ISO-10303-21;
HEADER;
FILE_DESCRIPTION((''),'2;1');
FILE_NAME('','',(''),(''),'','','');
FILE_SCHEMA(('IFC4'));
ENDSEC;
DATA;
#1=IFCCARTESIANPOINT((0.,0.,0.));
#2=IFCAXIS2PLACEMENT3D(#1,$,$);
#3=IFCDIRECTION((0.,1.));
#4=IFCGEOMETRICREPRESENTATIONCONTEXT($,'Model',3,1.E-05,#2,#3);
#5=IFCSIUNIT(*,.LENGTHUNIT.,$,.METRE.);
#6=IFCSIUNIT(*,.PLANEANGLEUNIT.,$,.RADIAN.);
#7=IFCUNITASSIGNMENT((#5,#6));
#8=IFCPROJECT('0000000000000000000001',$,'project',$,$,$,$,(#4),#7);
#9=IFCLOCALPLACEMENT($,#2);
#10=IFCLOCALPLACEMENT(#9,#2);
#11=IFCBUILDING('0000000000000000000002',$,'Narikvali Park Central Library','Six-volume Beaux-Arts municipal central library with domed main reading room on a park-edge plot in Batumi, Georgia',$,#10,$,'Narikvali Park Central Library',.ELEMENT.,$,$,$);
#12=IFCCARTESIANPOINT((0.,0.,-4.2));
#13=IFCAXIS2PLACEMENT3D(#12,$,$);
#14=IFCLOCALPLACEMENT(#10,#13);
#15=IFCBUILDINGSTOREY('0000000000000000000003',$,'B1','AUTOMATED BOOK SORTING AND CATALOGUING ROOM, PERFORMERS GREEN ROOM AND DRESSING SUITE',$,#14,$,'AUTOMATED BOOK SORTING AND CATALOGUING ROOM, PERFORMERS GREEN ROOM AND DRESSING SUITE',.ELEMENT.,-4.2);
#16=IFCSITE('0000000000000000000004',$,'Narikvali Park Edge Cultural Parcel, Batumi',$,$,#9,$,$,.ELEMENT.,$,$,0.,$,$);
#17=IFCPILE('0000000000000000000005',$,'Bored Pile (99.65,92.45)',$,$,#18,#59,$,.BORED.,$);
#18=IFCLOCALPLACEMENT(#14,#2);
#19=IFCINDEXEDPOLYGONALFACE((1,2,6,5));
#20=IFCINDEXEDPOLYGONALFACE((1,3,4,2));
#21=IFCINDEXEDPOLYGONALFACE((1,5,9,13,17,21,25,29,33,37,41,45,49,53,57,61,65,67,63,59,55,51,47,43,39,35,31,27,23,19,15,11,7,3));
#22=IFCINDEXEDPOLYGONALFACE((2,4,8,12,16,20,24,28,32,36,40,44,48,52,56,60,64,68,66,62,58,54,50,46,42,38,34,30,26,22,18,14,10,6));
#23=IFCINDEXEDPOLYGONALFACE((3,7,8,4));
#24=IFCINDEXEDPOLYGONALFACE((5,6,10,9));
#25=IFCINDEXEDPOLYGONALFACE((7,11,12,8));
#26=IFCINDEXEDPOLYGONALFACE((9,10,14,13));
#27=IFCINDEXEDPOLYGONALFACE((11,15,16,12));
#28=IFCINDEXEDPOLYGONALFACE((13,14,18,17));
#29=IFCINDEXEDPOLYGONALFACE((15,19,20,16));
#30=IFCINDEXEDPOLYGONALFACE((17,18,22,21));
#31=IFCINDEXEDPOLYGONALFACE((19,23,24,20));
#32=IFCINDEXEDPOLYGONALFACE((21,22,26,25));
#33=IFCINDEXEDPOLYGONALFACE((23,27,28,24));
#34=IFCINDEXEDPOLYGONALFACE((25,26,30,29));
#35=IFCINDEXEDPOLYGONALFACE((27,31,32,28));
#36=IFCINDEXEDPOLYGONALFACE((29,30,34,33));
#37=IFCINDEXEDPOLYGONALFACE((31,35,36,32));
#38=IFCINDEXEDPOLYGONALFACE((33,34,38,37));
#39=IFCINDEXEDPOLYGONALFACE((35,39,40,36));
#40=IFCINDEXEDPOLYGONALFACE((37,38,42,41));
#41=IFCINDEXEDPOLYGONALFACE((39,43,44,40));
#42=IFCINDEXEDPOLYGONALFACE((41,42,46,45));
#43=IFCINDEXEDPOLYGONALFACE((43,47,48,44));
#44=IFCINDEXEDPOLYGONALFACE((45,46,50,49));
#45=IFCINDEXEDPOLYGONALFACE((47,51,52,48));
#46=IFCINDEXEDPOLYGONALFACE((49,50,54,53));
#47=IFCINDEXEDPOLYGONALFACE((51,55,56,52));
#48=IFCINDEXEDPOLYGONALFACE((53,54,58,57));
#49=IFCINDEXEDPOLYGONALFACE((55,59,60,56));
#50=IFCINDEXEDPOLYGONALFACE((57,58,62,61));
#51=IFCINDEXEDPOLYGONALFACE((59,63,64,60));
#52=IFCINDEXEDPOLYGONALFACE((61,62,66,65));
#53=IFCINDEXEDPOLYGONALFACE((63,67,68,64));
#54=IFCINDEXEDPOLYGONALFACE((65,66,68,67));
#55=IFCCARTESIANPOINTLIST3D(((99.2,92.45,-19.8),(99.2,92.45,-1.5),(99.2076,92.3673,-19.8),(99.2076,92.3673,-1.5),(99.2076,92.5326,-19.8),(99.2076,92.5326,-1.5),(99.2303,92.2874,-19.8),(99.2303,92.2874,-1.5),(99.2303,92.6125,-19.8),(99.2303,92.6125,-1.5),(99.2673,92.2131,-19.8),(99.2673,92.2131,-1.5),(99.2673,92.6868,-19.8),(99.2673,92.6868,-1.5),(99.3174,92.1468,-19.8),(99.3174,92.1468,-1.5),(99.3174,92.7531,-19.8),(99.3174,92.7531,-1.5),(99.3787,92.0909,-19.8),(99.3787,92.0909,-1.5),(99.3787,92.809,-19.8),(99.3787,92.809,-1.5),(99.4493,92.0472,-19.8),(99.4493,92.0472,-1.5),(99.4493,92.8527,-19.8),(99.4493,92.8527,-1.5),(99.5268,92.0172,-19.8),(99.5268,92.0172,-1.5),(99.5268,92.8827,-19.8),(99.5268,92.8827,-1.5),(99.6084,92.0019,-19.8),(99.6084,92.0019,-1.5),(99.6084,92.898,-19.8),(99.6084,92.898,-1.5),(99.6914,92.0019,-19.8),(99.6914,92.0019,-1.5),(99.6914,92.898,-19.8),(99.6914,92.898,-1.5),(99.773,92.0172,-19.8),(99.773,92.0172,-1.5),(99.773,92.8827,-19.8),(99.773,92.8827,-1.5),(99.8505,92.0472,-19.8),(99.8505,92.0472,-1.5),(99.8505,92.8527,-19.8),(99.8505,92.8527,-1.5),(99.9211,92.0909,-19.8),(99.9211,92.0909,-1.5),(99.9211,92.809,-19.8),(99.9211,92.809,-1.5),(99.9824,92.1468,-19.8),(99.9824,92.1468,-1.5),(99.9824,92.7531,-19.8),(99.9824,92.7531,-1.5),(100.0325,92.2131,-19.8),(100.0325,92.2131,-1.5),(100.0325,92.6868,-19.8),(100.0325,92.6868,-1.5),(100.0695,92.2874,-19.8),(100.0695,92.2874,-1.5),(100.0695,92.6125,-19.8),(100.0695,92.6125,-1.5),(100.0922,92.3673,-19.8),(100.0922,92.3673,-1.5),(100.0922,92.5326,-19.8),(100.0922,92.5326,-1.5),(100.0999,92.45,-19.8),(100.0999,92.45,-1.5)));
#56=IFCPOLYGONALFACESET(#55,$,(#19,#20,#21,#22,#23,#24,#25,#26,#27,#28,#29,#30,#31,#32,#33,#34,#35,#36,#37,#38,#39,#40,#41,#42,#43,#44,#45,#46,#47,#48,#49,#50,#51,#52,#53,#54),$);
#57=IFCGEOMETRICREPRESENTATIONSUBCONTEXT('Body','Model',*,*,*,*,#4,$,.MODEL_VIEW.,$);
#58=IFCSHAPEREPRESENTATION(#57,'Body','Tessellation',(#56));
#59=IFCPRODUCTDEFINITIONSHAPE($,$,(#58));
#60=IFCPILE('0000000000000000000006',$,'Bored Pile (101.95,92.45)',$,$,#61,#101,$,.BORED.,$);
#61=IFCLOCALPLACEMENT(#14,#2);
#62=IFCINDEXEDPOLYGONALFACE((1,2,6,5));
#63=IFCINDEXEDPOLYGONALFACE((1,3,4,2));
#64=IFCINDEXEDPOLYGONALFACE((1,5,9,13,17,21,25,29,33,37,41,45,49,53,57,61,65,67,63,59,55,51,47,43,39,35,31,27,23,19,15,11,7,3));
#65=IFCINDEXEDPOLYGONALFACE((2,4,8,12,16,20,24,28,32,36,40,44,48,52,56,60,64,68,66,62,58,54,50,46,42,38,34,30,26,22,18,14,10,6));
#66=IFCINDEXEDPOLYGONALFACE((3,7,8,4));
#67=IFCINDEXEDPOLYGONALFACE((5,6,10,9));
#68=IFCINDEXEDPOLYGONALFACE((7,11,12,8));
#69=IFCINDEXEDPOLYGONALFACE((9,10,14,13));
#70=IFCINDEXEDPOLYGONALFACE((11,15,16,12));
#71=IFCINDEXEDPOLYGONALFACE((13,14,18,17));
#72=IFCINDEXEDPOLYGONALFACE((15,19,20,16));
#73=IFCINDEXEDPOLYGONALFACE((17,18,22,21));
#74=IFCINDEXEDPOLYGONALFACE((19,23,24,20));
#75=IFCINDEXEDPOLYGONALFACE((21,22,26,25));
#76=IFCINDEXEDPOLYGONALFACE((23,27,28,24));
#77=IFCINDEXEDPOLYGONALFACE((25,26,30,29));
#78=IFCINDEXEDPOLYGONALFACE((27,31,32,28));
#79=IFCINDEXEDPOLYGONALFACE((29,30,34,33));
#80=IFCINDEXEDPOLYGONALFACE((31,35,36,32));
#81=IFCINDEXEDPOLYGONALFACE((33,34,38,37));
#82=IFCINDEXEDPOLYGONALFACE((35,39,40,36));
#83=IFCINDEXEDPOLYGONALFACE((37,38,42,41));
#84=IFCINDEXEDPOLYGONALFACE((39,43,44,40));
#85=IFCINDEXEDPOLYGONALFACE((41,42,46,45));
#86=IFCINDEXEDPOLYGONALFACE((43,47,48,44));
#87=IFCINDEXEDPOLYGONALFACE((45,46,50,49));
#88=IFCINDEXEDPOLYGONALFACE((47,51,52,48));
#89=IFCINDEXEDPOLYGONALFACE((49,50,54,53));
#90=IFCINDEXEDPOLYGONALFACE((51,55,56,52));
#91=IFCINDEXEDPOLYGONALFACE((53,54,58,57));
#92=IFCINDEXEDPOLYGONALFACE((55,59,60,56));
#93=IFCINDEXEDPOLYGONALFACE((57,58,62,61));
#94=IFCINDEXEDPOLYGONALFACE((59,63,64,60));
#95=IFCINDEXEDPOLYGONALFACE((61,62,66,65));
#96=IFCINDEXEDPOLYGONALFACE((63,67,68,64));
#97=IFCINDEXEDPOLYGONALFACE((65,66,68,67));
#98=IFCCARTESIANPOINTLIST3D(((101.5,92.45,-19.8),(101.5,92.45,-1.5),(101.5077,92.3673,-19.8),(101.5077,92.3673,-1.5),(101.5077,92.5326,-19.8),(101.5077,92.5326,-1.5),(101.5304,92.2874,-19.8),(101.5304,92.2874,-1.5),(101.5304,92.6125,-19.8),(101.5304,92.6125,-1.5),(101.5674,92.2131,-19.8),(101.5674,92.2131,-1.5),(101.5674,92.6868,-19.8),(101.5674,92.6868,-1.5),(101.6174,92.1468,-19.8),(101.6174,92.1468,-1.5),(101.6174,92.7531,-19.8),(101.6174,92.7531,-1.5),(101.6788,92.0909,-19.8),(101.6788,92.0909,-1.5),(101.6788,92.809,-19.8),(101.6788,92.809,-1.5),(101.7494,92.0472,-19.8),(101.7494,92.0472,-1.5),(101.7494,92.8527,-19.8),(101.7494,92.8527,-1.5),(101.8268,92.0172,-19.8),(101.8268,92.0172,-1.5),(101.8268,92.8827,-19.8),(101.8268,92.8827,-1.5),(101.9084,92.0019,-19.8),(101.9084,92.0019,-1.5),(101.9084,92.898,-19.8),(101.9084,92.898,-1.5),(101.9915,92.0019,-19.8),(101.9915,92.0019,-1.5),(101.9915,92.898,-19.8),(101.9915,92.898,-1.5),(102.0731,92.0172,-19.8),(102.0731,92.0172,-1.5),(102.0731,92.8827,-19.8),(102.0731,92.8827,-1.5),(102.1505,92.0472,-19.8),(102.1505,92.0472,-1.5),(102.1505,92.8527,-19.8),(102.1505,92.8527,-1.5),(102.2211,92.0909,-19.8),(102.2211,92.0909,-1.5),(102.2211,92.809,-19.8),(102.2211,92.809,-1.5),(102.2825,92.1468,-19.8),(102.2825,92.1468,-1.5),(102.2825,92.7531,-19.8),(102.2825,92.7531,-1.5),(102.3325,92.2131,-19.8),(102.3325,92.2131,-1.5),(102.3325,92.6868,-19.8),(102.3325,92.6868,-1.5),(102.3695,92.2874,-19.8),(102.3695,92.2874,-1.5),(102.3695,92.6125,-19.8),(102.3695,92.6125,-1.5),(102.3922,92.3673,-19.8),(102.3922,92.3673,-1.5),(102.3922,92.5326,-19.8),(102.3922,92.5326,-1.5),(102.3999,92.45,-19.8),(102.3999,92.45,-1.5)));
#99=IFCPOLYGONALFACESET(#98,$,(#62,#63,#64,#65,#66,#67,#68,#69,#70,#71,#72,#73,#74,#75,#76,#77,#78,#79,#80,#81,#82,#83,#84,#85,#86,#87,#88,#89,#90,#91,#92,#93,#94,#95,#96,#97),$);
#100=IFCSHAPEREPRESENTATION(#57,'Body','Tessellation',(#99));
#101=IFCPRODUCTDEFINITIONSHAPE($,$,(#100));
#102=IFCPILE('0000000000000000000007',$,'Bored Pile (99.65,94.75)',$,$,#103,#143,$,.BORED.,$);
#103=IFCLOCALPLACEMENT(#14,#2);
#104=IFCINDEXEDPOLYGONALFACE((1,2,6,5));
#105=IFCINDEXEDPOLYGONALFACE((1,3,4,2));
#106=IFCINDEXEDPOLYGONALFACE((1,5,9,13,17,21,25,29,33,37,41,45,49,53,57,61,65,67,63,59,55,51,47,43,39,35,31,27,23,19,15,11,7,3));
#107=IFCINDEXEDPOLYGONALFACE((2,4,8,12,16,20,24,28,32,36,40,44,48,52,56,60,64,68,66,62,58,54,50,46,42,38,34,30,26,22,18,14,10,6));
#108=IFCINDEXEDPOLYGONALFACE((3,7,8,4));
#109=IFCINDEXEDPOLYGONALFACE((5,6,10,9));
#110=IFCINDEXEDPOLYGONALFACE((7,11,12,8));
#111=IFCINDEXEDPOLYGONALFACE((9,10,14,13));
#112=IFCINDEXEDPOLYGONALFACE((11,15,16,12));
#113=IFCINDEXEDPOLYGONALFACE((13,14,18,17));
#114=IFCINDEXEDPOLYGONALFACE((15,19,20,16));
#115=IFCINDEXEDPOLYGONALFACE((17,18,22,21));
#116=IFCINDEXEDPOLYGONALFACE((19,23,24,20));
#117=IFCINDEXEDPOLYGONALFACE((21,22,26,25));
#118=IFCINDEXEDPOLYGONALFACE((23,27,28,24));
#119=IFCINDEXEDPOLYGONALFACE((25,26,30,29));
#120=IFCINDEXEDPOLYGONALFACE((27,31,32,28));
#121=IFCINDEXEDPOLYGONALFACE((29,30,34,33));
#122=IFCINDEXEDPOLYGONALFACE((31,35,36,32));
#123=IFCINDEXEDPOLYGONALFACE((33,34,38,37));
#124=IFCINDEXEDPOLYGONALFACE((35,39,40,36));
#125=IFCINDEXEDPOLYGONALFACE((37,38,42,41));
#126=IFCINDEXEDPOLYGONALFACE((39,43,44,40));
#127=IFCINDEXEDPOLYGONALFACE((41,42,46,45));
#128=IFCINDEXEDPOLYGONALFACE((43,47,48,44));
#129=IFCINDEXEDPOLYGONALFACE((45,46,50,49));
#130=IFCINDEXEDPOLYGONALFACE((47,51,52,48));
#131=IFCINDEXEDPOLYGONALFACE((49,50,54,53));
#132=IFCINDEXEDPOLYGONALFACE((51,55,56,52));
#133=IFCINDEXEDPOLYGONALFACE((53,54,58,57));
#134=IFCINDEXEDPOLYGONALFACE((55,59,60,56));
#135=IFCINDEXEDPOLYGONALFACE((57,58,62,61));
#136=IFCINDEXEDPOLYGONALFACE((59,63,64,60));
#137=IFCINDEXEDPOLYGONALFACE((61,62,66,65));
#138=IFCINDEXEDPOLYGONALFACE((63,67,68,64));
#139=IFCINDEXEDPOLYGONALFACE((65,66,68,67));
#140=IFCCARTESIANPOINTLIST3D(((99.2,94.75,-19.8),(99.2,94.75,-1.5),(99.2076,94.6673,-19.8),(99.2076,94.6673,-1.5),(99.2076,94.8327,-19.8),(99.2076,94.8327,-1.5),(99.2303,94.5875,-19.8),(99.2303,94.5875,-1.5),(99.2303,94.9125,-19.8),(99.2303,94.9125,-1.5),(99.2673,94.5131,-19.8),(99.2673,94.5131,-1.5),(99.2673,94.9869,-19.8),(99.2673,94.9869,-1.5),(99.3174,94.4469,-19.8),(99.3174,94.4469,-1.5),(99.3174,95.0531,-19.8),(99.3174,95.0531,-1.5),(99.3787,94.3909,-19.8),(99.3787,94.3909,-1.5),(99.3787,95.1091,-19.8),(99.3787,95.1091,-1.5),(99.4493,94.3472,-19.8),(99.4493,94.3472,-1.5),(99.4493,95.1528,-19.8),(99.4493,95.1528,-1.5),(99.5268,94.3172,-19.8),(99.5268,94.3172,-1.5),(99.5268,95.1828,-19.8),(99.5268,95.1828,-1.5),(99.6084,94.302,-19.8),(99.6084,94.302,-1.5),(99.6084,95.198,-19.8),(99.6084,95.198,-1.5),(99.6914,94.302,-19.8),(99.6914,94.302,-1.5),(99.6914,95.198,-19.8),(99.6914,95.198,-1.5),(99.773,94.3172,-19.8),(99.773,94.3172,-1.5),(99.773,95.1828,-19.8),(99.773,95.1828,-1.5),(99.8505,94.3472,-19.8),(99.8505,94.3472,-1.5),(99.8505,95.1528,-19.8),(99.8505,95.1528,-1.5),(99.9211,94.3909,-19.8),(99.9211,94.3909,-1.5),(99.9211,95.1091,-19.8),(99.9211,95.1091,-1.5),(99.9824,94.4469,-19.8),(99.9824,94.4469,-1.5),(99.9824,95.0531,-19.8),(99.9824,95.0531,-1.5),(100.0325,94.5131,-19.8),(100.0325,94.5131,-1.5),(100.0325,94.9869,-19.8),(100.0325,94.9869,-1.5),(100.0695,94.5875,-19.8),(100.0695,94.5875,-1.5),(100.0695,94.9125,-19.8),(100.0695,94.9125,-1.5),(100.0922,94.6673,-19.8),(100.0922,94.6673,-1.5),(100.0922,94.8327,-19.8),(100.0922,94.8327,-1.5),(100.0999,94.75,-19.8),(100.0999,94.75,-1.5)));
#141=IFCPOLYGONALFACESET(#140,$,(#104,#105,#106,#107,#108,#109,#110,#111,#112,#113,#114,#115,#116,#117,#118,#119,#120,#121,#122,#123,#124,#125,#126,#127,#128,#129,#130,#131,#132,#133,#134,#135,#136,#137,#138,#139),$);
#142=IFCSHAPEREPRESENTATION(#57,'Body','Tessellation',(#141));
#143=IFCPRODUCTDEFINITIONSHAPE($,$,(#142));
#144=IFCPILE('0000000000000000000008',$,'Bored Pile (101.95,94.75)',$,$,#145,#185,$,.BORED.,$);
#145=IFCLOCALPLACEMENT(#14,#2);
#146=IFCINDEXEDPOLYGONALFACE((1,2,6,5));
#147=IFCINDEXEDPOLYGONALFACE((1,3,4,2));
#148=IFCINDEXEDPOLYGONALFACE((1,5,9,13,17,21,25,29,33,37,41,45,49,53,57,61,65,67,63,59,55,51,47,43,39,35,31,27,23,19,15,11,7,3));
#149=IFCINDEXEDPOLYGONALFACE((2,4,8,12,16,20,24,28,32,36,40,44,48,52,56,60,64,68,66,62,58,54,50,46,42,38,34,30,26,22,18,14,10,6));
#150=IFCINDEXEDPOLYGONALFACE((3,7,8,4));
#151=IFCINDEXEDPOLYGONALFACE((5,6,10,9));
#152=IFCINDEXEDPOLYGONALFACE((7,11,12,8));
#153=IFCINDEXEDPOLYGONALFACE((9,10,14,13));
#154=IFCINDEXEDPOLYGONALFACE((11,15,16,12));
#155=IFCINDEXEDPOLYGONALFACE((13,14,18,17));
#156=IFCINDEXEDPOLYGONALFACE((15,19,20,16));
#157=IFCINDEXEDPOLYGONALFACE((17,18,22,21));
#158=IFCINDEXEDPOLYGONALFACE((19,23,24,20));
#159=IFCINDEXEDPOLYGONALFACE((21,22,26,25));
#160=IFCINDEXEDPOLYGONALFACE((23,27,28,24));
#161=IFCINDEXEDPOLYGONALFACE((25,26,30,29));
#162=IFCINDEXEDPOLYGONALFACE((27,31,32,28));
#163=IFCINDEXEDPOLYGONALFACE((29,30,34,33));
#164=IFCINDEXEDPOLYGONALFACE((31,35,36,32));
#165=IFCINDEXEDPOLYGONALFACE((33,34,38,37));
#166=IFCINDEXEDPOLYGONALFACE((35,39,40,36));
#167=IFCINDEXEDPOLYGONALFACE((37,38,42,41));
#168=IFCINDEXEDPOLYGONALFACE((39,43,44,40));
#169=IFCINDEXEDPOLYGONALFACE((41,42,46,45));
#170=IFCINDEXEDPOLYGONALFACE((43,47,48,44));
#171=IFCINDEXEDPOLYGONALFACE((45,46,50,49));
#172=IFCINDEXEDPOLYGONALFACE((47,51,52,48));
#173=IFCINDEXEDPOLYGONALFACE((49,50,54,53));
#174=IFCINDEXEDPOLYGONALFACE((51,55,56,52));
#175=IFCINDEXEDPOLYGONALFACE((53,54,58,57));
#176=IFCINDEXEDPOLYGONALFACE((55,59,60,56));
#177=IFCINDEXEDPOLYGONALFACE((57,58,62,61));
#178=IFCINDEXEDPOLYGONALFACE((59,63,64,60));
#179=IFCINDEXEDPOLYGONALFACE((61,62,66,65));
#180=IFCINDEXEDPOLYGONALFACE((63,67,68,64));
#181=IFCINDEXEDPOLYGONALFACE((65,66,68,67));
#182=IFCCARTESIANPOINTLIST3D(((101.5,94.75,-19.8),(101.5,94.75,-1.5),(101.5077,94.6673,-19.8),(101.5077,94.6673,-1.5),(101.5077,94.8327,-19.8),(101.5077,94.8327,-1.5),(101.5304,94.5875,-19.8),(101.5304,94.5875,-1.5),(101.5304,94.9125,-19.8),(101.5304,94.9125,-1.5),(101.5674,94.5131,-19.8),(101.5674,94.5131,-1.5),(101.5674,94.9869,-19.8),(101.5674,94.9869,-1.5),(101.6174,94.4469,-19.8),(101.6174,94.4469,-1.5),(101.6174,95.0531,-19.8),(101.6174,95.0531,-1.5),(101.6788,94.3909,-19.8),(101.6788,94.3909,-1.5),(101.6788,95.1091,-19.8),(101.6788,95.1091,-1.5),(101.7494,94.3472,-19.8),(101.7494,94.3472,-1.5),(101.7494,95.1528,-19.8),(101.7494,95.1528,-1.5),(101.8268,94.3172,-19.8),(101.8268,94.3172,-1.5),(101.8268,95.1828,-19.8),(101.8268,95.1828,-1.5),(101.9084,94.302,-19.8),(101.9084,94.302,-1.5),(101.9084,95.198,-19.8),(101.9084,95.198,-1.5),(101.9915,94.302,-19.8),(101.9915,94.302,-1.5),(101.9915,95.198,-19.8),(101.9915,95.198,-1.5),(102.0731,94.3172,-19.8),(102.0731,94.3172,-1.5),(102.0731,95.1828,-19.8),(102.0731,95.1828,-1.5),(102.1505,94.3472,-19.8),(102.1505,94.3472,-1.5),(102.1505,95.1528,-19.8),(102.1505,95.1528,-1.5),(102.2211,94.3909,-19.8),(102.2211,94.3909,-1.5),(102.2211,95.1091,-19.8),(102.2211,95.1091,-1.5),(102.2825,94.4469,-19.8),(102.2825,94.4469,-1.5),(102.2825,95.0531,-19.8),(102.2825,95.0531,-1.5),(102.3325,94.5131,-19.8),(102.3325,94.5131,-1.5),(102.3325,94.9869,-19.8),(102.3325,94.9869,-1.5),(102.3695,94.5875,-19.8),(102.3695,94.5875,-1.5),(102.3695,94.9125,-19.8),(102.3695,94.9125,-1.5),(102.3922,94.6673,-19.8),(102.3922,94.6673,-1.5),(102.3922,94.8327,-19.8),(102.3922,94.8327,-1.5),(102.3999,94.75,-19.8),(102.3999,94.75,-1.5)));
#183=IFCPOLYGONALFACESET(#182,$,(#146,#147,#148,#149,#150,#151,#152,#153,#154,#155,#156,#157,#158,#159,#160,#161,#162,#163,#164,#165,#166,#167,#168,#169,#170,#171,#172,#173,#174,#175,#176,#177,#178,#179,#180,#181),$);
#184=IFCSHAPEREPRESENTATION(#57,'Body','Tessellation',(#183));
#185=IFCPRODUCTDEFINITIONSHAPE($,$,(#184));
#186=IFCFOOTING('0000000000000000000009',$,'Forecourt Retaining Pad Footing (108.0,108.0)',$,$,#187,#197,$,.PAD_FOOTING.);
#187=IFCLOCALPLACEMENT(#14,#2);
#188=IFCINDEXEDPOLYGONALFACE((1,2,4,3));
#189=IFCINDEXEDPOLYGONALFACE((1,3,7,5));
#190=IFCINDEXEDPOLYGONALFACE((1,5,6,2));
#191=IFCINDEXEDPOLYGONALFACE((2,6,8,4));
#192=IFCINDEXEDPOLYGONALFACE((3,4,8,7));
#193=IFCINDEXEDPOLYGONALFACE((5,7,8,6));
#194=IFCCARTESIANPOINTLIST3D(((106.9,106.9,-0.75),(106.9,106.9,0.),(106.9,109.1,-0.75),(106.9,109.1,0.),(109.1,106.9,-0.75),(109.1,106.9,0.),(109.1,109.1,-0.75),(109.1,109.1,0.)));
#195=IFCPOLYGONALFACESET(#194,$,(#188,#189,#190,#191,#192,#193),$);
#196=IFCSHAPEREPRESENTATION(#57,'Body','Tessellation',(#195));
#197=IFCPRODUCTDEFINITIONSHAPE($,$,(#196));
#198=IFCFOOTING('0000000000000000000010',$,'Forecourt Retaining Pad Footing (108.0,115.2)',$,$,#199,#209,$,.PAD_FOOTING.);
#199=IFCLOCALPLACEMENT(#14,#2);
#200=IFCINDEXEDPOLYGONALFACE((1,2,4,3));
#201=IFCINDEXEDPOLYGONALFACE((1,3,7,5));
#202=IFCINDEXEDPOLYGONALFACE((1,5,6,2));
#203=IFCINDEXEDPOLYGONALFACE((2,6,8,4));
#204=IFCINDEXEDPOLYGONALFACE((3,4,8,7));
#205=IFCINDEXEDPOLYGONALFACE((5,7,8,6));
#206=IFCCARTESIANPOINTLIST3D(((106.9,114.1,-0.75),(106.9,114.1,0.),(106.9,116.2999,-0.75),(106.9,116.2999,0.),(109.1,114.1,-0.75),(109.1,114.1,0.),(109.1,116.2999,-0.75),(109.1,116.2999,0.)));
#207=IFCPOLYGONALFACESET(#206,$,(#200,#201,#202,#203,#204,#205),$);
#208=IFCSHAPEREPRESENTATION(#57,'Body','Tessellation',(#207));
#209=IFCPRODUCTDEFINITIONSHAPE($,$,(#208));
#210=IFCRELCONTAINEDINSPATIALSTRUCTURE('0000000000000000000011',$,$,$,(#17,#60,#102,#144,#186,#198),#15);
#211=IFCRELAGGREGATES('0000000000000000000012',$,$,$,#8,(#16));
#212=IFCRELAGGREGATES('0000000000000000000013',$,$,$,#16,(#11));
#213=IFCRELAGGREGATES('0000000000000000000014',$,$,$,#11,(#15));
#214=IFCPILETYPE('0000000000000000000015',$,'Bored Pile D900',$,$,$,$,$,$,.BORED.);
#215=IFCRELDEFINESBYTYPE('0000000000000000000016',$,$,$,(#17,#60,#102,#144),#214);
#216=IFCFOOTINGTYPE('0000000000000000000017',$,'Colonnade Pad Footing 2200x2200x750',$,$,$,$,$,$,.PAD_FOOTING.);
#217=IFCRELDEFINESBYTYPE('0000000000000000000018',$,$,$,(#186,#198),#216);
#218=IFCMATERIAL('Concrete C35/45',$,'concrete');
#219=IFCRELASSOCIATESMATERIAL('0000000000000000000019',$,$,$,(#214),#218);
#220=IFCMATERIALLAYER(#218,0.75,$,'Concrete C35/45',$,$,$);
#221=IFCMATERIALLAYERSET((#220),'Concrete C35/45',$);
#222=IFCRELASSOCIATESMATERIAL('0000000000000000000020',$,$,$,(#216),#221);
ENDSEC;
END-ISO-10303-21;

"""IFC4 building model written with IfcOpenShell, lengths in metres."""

from ifc_helpers import new_model, si_unit, direction, frame, origin, origin_2d, place, context, subcontext, project, spatial, rectangle, circle, extrude, material, layer, layer_set, material_profile, profile_set, type_object, element, save


model = new_model("IFC4")

# Units and contexts
model_context = context("Model", 3, precision=1e-05, world=origin(), true_north=direction((0.0, 1.0)))
body_context = subcontext(model_context, "Body", "Model", "MODEL_VIEW")
ifc_project = project(units=[si_unit("LENGTHUNIT", "METRE"), si_unit("PLANEANGLEUNIT", "RADIAN")], contexts=[model_context])

# Site, building, storey
site_placement = place(None, origin())
site = spatial("IfcSite", under=ifc_project, at=site_placement, Name="Narikvali Park Edge Cultural Parcel, Batumi", CompositionType="ELEMENT", RefElevation=0.0)
building_placement = place(site_placement, origin())
building = spatial("IfcBuilding", under=site, at=building_placement, Name="Narikvali Park Central Library", Description="Six-volume Beaux-Arts municipal central library with domed main reading room on a park-edge plot in Batumi, Georgia", LongName="Narikvali Park Central Library", CompositionType="ELEMENT")
storey_placement = place(building_placement, frame((0.0, 0.0, -4.2)))
storey = spatial("IfcBuildingStorey", under=building, at=storey_placement, Name="B1", Description="AUTOMATED BOOK SORTING AND CATALOGUING ROOM, PERFORMERS GREEN ROOM AND DRESSING SUITE", LongName="AUTOMATED BOOK SORTING AND CATALOGUING ROOM, PERFORMERS GREEN ROOM AND DRESSING SUITE", CompositionType="ELEMENT", Elevation=-4.2)

# Piles
ifc_material_1 = material(Name="Concrete C35/45", Category="concrete")
ifc_material_profile_1 = material_profile(ifc_material_1, circle(Radius=0.45, at=origin_2d()), Name="PILE D900")
ifc_profile_set_1 = profile_set([ifc_material_profile_1], Name="Concrete C35/45")
pile_type_1 = type_object("IfcPileType", Name="Bored Pile D900", PredefinedType="BORED", material=ifc_profile_set_1)
for number, where, z_axis, x_axis, name in (
    (1, (99.6499, 92.45, -1.5), (0.0, 0.0, -1.0), (1.0, 0.0, 0.0), "Bored Pile (99.65,92.45)"),
    (2, (101.95, 92.45, -1.5), (0.0, 0.0, -1.0), (1.0, 0.0, 0.0), "Bored Pile (101.95,92.45)"),
    (3, (99.6499, 94.75, -1.5), (0.0, 0.0, -1.0), (1.0, 0.0, 0.0), "Bored Pile (99.65,94.75)"),
    (4, (101.95, 94.75, -1.5), (0.0, 0.0, -1.0), (1.0, 0.0, 0.0), "Bored Pile (101.95,94.75)"),
):
    element("IfcPile", number, at=place(storey_placement, frame(where, z_axis=z_axis, x_axis=x_axis)), inside=storey, type_object=pile_type_1, Name=name, PredefinedType="BORED", context=body_context, shape_type="SweptSolid", body=[
        extrude(circle(Radius=0.45, at=origin_2d()), origin(), (0.0, 0.0, 1.0), 18.3),
    ])

# Footings
ifc_layer_1 = layer(ifc_material_1, 0.75, Name="Concrete C35/45")
ifc_layer_set_1 = layer_set([ifc_layer_1], Name="Concrete C35/45")
footing_type_1 = type_object("IfcFootingType", Name="Colonnade Pad Footing 2200x2200x750", PredefinedType="PAD_FOOTING", material=ifc_layer_set_1)
for number, where, z_axis, x_axis, name in (
    (5, (108.0, 108.0, -0.75), (0.0, 0.0, 1.0), (1.0, 0.0, 0.0), "Forecourt Retaining Pad Footing (108.0,108.0)"),
    (6, (108.0, 115.2, -0.75), (0.0, 0.0, 1.0), (1.0, 0.0, 0.0), "Forecourt Retaining Pad Footing (108.0,115.2)"),
):
    element("IfcFooting", number, at=place(storey_placement, frame(where, z_axis=z_axis, x_axis=x_axis)), inside=storey, type_object=footing_type_1, Name=name, PredefinedType="PAD_FOOTING", context=body_context, shape_type="SweptSolid", body=[
        extrude(rectangle(XDim=2.2, YDim=2.2, at=origin_2d()), origin(), (0.0, 0.0, 1.0), 0.75),
    ])

save(model, "model.ifc")
